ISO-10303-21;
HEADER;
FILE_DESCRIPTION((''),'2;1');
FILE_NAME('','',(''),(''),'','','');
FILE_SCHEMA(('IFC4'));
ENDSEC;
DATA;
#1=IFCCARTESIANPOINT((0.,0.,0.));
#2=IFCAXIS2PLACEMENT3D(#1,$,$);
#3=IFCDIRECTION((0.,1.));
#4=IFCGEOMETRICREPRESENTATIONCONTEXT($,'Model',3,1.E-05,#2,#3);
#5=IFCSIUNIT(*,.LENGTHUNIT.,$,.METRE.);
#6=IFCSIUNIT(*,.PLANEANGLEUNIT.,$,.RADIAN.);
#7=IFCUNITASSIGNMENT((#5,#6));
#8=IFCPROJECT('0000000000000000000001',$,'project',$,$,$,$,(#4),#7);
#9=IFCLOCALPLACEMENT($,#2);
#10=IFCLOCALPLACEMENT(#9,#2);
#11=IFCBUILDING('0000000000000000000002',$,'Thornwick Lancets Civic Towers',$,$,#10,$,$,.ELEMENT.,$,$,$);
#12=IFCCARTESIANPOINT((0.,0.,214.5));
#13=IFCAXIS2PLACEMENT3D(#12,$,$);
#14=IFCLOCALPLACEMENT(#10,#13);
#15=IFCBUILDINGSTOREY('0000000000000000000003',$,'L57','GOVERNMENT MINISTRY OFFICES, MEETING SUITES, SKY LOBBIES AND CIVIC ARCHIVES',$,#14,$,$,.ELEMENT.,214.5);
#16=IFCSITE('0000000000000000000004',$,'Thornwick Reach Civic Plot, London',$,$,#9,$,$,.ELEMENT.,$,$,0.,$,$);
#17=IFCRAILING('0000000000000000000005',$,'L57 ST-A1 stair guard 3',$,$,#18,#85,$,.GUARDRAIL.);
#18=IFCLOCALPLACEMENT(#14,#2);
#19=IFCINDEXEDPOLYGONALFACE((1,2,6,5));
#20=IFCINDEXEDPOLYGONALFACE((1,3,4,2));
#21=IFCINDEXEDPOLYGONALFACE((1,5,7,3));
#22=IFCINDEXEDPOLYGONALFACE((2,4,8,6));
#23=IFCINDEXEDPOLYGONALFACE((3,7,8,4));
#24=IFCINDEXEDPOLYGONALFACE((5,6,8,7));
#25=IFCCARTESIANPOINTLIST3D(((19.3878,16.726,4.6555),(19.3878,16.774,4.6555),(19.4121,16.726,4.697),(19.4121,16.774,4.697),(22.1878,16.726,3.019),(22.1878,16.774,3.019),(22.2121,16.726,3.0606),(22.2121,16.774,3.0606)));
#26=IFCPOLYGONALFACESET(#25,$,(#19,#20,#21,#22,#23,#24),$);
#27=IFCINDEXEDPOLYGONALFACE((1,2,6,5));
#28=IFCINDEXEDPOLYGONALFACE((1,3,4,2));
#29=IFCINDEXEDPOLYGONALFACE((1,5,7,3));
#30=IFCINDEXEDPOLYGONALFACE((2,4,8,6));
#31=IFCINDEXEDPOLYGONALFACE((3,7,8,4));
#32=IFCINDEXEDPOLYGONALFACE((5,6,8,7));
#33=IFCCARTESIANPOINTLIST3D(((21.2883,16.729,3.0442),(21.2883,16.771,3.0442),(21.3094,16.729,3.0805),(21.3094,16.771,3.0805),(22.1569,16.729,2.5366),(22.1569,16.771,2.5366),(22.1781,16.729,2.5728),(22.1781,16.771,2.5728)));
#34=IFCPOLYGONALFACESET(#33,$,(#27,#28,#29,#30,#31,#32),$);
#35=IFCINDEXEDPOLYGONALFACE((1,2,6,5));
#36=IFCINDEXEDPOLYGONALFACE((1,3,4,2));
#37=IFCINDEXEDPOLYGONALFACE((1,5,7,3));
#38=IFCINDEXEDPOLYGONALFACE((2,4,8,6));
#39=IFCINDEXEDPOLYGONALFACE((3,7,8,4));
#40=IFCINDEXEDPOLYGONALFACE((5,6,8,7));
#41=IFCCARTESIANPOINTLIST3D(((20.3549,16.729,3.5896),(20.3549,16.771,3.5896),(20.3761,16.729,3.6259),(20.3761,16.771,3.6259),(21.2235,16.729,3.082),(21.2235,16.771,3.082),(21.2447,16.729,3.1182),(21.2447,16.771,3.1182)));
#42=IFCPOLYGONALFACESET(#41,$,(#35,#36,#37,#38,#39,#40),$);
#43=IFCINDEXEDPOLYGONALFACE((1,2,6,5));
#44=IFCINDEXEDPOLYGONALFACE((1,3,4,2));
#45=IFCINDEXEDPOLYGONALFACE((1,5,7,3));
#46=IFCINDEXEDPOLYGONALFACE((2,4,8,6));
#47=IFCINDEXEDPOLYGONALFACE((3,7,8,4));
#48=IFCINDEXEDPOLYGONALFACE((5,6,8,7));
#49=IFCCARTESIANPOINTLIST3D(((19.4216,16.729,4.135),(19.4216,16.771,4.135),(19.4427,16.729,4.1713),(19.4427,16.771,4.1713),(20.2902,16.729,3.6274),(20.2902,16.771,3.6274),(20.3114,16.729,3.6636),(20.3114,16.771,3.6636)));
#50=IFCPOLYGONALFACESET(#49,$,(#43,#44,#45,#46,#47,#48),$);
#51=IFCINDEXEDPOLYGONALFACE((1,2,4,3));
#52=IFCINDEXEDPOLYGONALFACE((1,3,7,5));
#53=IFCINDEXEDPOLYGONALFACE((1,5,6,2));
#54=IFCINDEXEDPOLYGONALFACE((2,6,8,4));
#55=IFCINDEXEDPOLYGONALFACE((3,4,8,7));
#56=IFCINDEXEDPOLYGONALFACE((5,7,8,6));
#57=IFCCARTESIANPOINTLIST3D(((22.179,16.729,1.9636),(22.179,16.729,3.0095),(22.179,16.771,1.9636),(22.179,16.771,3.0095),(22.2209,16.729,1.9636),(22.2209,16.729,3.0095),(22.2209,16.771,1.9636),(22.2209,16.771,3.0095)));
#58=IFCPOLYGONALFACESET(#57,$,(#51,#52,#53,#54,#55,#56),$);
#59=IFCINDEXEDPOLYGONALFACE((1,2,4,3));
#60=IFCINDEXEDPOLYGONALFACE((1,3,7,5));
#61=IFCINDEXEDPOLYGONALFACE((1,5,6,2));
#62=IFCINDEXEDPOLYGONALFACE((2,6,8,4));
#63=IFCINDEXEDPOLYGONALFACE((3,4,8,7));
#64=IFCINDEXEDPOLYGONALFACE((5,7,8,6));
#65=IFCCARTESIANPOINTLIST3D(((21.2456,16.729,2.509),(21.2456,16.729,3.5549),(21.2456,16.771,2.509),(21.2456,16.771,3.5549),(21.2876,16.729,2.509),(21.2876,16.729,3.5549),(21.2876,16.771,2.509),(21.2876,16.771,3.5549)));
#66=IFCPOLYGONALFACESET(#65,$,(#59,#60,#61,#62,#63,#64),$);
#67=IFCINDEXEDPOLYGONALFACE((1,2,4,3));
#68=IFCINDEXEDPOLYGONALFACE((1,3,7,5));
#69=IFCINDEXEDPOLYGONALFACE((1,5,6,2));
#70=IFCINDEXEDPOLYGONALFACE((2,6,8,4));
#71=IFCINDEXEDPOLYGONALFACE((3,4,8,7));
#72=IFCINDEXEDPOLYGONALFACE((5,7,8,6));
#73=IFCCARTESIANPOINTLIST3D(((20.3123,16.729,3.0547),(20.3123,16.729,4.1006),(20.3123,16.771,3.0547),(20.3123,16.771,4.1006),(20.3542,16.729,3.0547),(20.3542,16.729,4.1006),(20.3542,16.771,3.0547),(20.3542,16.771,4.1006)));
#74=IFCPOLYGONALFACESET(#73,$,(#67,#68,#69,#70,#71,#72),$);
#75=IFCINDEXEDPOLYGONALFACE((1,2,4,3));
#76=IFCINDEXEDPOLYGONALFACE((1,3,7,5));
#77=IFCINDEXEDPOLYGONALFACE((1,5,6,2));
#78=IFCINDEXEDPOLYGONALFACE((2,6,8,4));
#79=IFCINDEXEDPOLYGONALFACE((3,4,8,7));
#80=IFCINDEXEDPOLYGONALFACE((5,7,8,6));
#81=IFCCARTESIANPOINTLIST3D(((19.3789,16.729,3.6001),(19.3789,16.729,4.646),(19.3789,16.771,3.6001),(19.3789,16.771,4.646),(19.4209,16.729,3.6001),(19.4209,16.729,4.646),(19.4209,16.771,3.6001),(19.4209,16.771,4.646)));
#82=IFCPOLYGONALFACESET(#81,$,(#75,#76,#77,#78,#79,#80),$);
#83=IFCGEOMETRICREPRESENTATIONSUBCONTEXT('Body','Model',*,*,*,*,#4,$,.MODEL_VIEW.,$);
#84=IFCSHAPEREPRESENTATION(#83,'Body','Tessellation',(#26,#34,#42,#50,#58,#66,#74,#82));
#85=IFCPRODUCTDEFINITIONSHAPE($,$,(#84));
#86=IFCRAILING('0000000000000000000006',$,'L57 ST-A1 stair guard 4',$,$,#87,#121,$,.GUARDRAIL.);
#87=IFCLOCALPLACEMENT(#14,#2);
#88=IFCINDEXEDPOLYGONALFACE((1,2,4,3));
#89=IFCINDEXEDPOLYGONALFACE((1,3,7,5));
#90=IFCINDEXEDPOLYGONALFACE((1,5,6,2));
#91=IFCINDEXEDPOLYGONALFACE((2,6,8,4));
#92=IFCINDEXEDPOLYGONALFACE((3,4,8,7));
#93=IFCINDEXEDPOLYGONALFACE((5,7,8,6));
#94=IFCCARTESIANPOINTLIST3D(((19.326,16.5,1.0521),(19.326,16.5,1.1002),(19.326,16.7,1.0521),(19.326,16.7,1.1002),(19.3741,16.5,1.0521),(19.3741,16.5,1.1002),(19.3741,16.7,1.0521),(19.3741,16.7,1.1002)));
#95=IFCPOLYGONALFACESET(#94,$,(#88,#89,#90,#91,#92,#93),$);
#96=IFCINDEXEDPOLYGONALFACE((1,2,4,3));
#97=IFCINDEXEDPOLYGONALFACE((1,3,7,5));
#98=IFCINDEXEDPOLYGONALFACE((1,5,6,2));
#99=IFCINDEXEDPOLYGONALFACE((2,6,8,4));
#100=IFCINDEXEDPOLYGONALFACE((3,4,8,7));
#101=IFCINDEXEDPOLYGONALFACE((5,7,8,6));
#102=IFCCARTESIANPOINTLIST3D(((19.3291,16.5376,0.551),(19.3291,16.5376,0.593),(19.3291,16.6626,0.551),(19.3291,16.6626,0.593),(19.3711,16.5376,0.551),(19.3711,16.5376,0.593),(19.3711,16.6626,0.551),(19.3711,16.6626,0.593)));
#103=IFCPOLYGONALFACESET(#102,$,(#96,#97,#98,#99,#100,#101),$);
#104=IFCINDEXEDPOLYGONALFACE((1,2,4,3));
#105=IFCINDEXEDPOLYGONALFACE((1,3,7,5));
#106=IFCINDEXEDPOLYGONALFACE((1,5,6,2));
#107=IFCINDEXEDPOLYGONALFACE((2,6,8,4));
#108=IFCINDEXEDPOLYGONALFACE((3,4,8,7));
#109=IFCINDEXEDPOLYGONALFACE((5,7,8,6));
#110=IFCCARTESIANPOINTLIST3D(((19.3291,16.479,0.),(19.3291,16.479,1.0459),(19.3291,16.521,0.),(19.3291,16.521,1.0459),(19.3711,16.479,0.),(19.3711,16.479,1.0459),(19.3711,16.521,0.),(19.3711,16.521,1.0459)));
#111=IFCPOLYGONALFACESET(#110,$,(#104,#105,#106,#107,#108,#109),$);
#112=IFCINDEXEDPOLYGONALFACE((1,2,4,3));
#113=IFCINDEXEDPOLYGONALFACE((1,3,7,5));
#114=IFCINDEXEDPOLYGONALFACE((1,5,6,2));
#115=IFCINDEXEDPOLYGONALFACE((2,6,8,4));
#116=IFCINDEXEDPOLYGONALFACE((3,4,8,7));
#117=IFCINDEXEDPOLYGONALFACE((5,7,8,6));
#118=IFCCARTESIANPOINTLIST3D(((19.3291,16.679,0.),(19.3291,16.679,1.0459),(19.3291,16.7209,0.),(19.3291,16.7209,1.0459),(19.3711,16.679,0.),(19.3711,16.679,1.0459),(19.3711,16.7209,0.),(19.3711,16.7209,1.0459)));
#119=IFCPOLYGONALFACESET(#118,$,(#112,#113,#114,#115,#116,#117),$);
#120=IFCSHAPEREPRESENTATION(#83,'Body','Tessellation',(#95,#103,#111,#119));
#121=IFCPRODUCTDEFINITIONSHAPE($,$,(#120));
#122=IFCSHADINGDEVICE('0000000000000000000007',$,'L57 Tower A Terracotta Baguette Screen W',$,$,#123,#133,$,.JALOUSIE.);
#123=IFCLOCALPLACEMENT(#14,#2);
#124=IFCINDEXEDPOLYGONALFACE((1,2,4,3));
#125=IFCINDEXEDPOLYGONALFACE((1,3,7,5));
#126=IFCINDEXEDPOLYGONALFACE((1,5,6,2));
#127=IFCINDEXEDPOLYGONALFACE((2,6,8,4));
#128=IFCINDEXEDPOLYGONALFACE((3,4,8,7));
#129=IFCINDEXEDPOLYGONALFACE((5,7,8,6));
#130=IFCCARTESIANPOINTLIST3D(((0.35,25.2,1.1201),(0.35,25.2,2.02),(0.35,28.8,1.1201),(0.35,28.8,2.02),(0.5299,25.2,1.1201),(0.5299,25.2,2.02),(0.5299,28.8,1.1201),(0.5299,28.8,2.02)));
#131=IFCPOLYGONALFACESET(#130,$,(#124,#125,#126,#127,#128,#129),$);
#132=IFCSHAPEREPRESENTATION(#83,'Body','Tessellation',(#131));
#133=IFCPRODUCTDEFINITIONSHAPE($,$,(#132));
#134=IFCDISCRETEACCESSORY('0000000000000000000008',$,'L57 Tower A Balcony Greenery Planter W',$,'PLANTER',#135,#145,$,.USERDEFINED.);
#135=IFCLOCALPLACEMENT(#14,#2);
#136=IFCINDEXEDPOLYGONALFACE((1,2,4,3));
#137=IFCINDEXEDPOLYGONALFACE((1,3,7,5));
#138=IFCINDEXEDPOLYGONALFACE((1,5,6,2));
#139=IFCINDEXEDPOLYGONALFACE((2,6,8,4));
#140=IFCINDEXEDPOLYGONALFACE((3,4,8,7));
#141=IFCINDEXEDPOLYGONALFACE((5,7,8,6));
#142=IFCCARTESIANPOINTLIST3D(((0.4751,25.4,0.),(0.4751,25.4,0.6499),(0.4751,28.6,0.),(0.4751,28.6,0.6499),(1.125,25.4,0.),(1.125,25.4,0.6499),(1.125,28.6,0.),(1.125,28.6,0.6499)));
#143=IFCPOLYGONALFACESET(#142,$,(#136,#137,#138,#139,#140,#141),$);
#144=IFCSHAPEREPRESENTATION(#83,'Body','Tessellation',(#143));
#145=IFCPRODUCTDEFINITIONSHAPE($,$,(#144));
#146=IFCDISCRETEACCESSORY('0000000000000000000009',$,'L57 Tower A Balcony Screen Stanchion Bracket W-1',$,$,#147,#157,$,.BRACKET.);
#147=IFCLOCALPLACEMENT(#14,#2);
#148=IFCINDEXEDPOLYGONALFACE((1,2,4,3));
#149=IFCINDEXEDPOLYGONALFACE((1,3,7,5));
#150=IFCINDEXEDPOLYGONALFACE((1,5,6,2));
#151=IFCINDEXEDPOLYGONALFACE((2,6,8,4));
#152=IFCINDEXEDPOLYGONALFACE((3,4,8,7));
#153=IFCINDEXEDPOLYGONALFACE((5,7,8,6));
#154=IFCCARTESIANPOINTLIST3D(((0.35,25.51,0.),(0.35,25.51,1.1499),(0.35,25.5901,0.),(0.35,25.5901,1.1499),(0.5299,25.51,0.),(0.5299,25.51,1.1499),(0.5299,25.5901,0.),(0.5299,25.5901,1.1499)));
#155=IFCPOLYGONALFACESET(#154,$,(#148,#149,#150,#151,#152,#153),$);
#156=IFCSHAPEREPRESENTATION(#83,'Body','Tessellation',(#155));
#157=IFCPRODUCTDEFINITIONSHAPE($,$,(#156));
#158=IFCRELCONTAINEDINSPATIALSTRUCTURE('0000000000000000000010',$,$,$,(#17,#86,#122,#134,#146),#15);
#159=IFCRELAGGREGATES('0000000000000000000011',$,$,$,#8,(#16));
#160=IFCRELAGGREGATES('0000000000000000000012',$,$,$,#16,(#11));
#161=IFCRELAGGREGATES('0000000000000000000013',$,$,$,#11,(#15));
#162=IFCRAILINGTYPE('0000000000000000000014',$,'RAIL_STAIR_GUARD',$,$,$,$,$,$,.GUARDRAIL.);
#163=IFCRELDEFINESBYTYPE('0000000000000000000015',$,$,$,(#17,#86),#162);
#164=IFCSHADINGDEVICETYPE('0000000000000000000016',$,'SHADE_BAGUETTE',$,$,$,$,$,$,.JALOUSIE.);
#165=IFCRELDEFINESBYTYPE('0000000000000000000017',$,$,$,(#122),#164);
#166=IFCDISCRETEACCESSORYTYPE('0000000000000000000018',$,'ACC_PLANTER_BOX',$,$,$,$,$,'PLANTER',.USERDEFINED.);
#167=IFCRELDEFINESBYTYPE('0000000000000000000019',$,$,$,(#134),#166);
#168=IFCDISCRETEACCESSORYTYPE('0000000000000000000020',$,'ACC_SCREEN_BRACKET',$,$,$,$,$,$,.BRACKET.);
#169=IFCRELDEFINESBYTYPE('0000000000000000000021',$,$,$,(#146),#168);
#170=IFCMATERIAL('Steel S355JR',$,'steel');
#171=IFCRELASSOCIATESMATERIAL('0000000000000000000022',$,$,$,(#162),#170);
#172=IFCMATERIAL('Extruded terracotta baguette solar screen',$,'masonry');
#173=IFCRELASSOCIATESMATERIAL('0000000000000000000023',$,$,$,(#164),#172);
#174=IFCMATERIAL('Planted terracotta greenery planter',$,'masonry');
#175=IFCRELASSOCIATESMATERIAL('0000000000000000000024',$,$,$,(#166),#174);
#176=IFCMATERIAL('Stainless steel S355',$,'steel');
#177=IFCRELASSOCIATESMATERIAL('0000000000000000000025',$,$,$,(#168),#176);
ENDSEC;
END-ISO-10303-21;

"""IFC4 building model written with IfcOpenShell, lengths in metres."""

from ifc_helpers import new_model, si_unit, direction, frame, origin, origin_2d, place, context, subcontext, project, spatial, rectangle, extrude, material, type_object, element, save


model = new_model("IFC4")

# Units and contexts
model_context = context("Model", 3, precision=1e-05, world=origin(), true_north=direction((0.0, 1.0)))
body_context = subcontext(model_context, "Body", "Model", "MODEL_VIEW")
ifc_project = project(units=[si_unit("LENGTHUNIT", "METRE"), si_unit("PLANEANGLEUNIT", "RADIAN")], contexts=[model_context])

# Site, building, storey
site_placement = place(None, origin())
site = spatial("IfcSite", under=ifc_project, at=site_placement, Name="Thornwick Reach Civic Plot, London", CompositionType="ELEMENT", RefElevation=0.0)
building_placement = place(site_placement, origin())
building = spatial("IfcBuilding", under=site, at=building_placement, Name="Thornwick Lancets Civic Towers", CompositionType="ELEMENT")
storey_placement = place(building_placement, frame((0.0, 0.0, 214.5)))
storey = spatial("IfcBuildingStorey", under=building, at=storey_placement, Name="L57", Description="GOVERNMENT MINISTRY OFFICES, MEETING SUITES, SKY LOBBIES AND CIVIC ARCHIVES", CompositionType="ELEMENT", Elevation=214.5)

# Shared definitions
ifc_material_1 = material(Name="Steel S355JR", Category="steel")

# Railings
railing_type_1 = type_object("IfcRailingType", Name="RAIL_STAIR_GUARD", PredefinedType="GUARDRAIL", material=ifc_material_1)
railing_1_placement = place(storey_placement, frame((22.2, 16.75, 1.9636)))
element("IfcRailing", 1, at=railing_1_placement, inside=storey, type_object=railing_type_1, Name="L57 ST-A1 stair guard 3", PredefinedType="GUARDRAIL", context=body_context, shape_type="SweptSolid", body=[
    extrude(rectangle(XDim=0.0481, YDim=0.0481, at=origin_2d()), frame((0.0, 0.0, 1.0762), z_axis=(-0.863361, 0.0, 0.504587), x_axis=(0.0, -1.0, 0.0)), (0.0, 0.0, 1.0), 3.2432),
    extrude(rectangle(XDim=0.042, YDim=0.042, at=origin_2d()), frame((-0.0325, 0.0, 0.5911), z_axis=(-0.863361, 0.0, 0.504587), x_axis=(0.0, -1.0, 0.0)), (0.0, 0.0, 1.0), 1.0061),
    extrude(rectangle(XDim=0.042, YDim=0.042, at=origin_2d()), frame((-0.9658, 0.0, 1.1365), z_axis=(-0.863361, 0.0, 0.504587), x_axis=(0.0, -1.0, 0.0)), (0.0, 0.0, 1.0), 1.0061),
    extrude(rectangle(XDim=0.042, YDim=0.042, at=origin_2d()), frame((-1.8992, 0.0, 1.6819), z_axis=(-0.863361, 0.0, 0.504587), x_axis=(0.0, -1.0, 0.0)), (0.0, 0.0, 1.0), 1.0061),
    extrude(rectangle(XDim=0.042, YDim=0.042, at=origin_2d()), origin(), (0.0, 0.0, 1.0), 1.0459),
    extrude(rectangle(XDim=0.042, YDim=0.042, at=origin_2d()), frame((-0.9333, 0.0, 0.5454)), (0.0, 0.0, 1.0), 1.0459),
    extrude(rectangle(XDim=0.042, YDim=0.042, at=origin_2d()), frame((-1.8667, 0.0, 1.0911)), (0.0, 0.0, 1.0), 1.0459),
    extrude(rectangle(XDim=0.042, YDim=0.042, at=origin_2d()), frame((-2.8, 0.0, 1.6365)), (0.0, 0.0, 1.0), 1.0459),
])
railing_2_placement = place(storey_placement, frame((19.3501, 16.5, 0.0)))
element("IfcRailing", 2, at=railing_2_placement, inside=storey, type_object=railing_type_1, Name="L57 ST-A1 stair guard 4", PredefinedType="GUARDRAIL", context=body_context, shape_type="SweptSolid", body=[
    extrude(rectangle(XDim=0.0481, YDim=0.0481, at=origin_2d()), frame((0.0, 0.0, 1.0762), z_axis=(0.0, 1.0, 0.0), x_axis=(-1.0, 0.0, 0.0)), (0.0, 0.0, 1.0), 0.2),
    extrude(rectangle(XDim=0.042, YDim=0.042, at=origin_2d()), frame((0.0, 0.0376, 0.572), z_axis=(0.0, 1.0, 0.0), x_axis=(-1.0, 0.0, 0.0)), (0.0, 0.0, 1.0), 0.125),
    extrude(rectangle(XDim=0.042, YDim=0.042, at=origin_2d()), origin(), (0.0, 0.0, 1.0), 1.0459),
    extrude(rectangle(XDim=0.042, YDim=0.042, at=origin_2d()), frame((0.0, 0.2, 0.0)), (0.0, 0.0, 1.0), 1.0459),
])

# Shading device
ifc_material_2 = material(Name="Extruded terracotta baguette solar screen", Category="masonry")
shading_device_type = type_object("IfcShadingDeviceType", Name="SHADE_BAGUETTE", PredefinedType="JALOUSIE", material=ifc_material_2)
shading_device_placement = place(storey_placement, frame((0.4399, 27.0, 1.1201), z_axis=(0.0, 0.0, 1.0), x_axis=(0.0, 1.0, 0.0)))
element("IfcShadingDevice", 3, at=shading_device_placement, inside=storey, type_object=shading_device_type, Name="L57 Tower A Terracotta Baguette Screen W", PredefinedType="JALOUSIE", context=body_context, shape_type="SweptSolid", body=[
    extrude(rectangle(XDim=3.6001, YDim=0.1799, at=origin_2d()), origin(), (0.0, 0.0, 1.0), 0.8999),
])

# Discrete accessories
ifc_material_3 = material(Name="Planted terracotta greenery planter", Category="masonry")
discrete_accessory_type_1 = type_object("IfcDiscreteAccessoryType", Name="ACC_PLANTER_BOX", ElementType="PLANTER", PredefinedType="USERDEFINED", material=ifc_material_3)
discrete_accessory_1_placement = place(storey_placement, frame((0.8, 27.0, 0.0), z_axis=(0.0, 0.0, 1.0), x_axis=(1.0, 0.0, 0.0)))
element("IfcDiscreteAccessory", 4, at=discrete_accessory_1_placement, inside=storey, type_object=discrete_accessory_type_1, Name="L57 Tower A Balcony Greenery Planter W", ObjectType="PLANTER", PredefinedType="USERDEFINED", context=body_context, shape_type="SweptSolid", body=[
    extrude(rectangle(XDim=0.6499, YDim=3.2, at=origin_2d()), origin(), (0.0, 0.0, 1.0), 0.6499),
])
ifc_material_4 = material(Name="Stainless steel S355", Category="steel")
discrete_accessory_type_2 = type_object("IfcDiscreteAccessoryType", Name="ACC_SCREEN_BRACKET", PredefinedType="BRACKET", material=ifc_material_4)
discrete_accessory_2_placement = place(storey_placement, frame((0.4399, 25.55, 0.0), z_axis=(0.0, 0.0, 1.0), x_axis=(0.0, 1.0, 0.0)))
element("IfcDiscreteAccessory", 5, at=discrete_accessory_2_placement, inside=storey, type_object=discrete_accessory_type_2, Name="L57 Tower A Balcony Screen Stanchion Bracket W-1", PredefinedType="BRACKET", context=body_context, shape_type="SweptSolid", body=[
    extrude(rectangle(XDim=0.0801, YDim=0.1799, at=origin_2d()), origin(), (0.0, 0.0, 1.0), 1.1499),
])

save(model, "model.ifc")
